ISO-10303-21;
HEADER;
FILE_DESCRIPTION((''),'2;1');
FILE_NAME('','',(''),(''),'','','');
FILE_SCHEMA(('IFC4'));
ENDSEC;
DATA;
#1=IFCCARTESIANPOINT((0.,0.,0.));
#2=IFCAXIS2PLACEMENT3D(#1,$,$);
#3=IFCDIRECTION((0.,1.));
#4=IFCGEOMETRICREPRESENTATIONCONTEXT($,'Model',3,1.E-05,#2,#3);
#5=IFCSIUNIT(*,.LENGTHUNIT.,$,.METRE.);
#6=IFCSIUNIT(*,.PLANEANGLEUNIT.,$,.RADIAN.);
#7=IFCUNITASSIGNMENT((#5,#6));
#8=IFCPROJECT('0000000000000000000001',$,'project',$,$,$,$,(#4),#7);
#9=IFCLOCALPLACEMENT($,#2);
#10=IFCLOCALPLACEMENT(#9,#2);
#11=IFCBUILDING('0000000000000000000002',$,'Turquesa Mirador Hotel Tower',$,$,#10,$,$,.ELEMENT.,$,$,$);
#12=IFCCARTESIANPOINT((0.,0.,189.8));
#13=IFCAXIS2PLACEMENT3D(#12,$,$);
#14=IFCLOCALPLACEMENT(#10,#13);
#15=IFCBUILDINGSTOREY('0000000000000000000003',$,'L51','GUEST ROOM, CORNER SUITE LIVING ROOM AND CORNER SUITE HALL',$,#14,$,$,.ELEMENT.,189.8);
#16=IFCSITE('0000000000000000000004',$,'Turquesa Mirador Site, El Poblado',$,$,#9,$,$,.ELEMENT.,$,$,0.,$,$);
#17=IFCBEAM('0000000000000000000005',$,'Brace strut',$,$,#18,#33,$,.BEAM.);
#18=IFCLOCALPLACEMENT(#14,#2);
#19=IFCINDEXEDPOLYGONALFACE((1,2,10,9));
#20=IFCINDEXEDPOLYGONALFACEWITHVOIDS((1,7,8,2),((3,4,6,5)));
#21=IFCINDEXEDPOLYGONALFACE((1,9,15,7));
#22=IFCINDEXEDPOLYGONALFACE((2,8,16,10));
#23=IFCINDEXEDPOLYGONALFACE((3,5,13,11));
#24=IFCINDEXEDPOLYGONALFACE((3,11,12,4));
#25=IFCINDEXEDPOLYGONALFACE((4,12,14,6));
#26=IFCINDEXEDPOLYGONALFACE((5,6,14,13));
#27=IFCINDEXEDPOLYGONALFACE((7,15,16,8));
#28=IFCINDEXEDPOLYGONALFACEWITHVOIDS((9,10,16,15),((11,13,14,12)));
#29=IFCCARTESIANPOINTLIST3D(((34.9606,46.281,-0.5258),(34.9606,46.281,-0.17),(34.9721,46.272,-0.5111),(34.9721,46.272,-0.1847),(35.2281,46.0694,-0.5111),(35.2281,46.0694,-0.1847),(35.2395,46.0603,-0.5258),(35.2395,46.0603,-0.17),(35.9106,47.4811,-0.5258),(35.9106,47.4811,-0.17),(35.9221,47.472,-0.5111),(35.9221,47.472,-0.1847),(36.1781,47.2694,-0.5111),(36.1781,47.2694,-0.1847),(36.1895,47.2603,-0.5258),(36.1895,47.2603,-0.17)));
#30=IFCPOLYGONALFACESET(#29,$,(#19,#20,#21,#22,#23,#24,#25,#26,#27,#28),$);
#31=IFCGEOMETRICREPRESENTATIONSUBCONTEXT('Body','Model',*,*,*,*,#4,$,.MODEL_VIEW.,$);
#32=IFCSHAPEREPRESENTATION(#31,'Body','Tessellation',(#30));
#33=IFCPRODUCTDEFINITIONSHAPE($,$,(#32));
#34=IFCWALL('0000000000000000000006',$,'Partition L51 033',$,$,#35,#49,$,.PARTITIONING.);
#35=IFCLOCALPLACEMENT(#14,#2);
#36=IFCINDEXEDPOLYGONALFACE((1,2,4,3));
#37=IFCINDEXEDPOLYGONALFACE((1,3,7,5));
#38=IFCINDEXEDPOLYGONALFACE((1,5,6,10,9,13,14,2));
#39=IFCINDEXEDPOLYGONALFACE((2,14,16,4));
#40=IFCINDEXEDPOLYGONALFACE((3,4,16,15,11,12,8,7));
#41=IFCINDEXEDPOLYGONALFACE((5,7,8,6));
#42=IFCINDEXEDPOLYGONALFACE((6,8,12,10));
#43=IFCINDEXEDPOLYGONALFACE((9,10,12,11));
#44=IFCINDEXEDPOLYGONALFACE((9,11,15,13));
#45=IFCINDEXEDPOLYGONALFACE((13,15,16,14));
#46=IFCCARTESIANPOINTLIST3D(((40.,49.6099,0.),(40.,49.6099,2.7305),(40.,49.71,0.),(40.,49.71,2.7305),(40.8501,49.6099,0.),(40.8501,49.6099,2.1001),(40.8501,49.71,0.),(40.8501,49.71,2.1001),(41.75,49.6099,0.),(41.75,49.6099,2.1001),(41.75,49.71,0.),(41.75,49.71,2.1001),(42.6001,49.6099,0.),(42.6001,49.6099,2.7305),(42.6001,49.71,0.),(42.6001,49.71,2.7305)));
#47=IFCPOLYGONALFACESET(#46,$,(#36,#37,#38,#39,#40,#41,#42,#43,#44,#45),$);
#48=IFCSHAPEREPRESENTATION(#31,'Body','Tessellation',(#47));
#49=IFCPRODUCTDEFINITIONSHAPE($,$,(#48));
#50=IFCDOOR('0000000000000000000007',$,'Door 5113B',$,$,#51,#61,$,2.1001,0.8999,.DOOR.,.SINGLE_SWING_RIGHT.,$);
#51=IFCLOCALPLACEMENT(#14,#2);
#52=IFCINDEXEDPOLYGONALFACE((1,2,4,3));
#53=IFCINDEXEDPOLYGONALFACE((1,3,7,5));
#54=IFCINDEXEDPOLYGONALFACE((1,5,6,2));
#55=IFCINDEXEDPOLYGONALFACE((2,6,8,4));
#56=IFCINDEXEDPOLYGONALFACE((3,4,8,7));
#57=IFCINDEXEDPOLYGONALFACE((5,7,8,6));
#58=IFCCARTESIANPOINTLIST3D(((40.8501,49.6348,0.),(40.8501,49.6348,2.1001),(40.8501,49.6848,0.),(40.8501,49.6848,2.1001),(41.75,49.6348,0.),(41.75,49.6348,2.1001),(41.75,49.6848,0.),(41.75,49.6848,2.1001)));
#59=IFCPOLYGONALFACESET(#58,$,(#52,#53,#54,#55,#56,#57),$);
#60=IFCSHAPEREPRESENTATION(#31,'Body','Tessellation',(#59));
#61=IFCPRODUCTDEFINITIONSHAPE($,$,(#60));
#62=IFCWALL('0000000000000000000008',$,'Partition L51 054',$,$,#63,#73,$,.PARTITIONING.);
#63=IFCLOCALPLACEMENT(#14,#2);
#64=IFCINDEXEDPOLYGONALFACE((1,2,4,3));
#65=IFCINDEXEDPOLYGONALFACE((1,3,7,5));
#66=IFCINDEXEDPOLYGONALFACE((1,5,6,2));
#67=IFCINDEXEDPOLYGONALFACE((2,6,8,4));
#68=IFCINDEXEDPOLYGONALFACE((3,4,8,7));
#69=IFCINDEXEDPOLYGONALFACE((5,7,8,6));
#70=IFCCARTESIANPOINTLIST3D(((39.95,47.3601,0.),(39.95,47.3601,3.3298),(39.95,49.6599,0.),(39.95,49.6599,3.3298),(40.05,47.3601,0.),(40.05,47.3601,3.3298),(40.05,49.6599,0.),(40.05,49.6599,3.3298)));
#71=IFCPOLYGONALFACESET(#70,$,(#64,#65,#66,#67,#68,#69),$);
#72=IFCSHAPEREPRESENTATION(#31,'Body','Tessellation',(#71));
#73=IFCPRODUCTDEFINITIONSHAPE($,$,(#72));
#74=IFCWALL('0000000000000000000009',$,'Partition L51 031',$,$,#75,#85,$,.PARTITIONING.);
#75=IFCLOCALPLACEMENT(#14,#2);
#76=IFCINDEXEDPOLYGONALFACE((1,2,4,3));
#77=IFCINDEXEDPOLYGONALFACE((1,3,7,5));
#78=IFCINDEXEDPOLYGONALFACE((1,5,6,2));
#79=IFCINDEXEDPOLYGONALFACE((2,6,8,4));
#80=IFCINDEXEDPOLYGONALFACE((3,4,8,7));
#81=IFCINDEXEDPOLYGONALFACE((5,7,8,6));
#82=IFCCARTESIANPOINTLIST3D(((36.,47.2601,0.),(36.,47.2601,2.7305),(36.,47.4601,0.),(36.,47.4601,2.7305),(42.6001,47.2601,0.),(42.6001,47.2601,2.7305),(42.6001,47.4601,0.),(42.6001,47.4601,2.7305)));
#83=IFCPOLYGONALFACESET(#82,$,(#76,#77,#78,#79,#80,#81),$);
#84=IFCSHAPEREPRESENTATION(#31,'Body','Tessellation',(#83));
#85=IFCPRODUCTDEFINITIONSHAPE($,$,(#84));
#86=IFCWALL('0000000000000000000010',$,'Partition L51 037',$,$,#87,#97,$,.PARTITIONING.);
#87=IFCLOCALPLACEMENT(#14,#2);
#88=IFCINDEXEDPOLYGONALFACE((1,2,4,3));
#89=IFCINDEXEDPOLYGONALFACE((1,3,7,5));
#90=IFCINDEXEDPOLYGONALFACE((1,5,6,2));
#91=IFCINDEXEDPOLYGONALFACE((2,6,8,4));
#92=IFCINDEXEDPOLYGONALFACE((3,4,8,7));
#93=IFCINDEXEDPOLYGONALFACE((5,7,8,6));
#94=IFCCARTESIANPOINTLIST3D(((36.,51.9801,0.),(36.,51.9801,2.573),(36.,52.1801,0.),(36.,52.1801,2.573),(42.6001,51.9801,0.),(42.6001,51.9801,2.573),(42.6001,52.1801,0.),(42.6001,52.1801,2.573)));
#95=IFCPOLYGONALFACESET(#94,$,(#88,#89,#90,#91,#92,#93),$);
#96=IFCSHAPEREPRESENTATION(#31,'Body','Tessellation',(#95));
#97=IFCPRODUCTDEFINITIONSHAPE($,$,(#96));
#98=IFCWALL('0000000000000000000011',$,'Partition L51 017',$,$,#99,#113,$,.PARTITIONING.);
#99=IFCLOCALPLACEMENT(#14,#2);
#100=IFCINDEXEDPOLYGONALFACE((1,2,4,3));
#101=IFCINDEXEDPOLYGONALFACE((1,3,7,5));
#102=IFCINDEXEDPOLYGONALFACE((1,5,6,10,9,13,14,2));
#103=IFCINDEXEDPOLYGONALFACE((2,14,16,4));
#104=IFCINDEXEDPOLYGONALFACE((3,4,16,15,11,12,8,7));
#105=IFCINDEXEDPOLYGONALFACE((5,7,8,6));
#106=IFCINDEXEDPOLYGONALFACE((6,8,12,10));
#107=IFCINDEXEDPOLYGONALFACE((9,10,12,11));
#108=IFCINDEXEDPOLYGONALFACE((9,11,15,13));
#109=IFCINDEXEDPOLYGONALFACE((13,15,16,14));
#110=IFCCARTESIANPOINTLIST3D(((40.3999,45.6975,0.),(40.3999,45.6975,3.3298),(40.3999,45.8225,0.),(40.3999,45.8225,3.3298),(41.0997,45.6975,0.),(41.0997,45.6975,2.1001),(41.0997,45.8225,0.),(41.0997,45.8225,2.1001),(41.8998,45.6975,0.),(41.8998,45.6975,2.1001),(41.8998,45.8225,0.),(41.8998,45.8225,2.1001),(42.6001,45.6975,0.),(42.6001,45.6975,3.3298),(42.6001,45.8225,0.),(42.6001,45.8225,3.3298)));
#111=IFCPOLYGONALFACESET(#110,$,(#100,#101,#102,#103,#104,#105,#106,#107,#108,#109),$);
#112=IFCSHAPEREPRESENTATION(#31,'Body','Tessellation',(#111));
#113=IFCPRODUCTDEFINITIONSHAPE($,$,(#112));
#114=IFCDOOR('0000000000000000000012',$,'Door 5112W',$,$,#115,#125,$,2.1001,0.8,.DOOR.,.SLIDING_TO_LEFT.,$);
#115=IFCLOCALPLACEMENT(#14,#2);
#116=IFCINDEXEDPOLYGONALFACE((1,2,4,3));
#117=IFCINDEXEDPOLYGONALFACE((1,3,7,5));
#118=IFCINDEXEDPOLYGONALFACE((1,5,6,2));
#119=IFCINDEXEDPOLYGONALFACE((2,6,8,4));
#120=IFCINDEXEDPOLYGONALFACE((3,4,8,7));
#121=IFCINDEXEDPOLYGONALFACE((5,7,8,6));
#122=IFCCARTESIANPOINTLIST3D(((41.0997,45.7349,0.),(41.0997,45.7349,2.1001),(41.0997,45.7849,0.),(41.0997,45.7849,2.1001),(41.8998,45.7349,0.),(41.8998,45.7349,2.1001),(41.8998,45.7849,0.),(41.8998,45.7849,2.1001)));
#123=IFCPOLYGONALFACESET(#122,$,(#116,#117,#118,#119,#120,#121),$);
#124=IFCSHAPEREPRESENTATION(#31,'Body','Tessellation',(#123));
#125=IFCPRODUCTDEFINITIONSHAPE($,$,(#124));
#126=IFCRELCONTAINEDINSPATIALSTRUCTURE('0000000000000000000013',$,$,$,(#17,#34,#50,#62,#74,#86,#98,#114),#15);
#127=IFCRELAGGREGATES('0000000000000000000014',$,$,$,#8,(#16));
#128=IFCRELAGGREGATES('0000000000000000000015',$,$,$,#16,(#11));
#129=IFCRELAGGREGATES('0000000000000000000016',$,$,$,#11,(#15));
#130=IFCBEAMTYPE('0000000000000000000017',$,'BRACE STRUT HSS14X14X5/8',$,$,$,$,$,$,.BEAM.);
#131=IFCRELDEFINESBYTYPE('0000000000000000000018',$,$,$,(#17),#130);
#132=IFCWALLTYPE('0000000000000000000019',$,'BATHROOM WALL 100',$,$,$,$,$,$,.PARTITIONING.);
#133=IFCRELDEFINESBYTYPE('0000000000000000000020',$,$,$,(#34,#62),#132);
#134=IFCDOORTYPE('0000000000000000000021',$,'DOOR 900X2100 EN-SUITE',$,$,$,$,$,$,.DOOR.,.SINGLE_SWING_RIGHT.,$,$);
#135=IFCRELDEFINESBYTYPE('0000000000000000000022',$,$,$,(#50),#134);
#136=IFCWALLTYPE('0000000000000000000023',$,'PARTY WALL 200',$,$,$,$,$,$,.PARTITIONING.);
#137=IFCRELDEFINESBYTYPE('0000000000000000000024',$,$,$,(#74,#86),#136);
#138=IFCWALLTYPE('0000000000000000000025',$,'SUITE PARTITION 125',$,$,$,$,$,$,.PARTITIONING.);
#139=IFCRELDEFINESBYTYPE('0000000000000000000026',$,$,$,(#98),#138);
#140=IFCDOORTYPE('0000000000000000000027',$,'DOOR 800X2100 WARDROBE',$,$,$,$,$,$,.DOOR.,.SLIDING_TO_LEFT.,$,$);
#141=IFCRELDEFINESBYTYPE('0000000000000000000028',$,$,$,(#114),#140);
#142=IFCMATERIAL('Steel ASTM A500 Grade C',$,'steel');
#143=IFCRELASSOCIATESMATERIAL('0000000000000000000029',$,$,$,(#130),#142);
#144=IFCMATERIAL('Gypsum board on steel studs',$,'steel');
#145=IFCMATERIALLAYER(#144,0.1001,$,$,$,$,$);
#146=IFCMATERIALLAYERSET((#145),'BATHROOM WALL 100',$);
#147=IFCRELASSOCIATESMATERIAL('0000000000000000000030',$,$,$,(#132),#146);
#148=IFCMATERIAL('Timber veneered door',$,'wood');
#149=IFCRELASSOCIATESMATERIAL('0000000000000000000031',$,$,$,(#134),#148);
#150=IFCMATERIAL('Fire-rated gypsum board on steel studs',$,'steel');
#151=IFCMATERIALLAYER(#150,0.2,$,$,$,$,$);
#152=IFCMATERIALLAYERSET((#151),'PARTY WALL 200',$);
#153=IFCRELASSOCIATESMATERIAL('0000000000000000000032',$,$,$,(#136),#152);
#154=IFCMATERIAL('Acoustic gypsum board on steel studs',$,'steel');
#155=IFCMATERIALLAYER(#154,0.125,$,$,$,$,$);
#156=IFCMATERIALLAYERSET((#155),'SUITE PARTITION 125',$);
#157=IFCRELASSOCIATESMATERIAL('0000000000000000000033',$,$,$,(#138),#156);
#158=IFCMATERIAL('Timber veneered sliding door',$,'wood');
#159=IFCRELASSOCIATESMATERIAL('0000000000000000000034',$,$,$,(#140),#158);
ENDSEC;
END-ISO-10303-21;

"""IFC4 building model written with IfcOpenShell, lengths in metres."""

from ifc_helpers import new_model, si_unit, direction, frame, frame_2d, origin, origin_2d, place, context, subcontext, project, spatial, rectangle, hollow_rectangle, extrude, material, layer, layer_set, material_profile, profile_set, type_object, element, fill, save


model = new_model("IFC4")

# Units and contexts
model_context = context("Model", 3, precision=1e-05, world=origin(), true_north=direction((0.0, 1.0)))
body_context = subcontext(model_context, "Body", "Model", "MODEL_VIEW")
ifc_project = project(units=[si_unit("LENGTHUNIT", "METRE"), si_unit("PLANEANGLEUNIT", "RADIAN")], contexts=[model_context])

# Site, building, storey
site_placement = place(None, origin())
site = spatial("IfcSite", under=ifc_project, at=site_placement, Name="Turquesa Mirador Site, El Poblado", CompositionType="ELEMENT", RefElevation=0.0)
building_placement = place(site_placement, origin())
building = spatial("IfcBuilding", under=site, at=building_placement, Name="Turquesa Mirador Hotel Tower", CompositionType="ELEMENT")
storey_placement = place(building_placement, frame((0.0, 0.0, 189.8)))
storey = spatial("IfcBuildingStorey", under=building, at=storey_placement, Name="L51", Description="GUEST ROOM, CORNER SUITE LIVING ROOM AND CORNER SUITE HALL", CompositionType="ELEMENT", Elevation=189.8)

# Beam
ifc_material_1 = material(Name="Steel ASTM A500 Grade C", Category="steel")
ifc_material_profile_1 = material_profile(ifc_material_1, hollow_rectangle(XDim=0.3557, YDim=0.3557, WallThickness=0.0146, at=origin_2d()), Name="HSS14X14X5/8")
ifc_profile_set_1 = profile_set([ifc_material_profile_1], Name="Steel ASTM A500 Grade C")
beam_type_1 = type_object("IfcBeamType", Name="BRACE STRUT HSS14X14X5/8", PredefinedType="BEAM", material=ifc_profile_set_1)
for number, where, z_axis, x_axis, name in (
    (1, (35.1001, 46.1707, -0.3479), (0.620699, 0.784049, 0.0), (-0.784049, 0.620699, 0.0), "Brace strut"),
):
    element("IfcBeam", number, at=place(storey_placement, frame(where, z_axis=z_axis, x_axis=x_axis)), inside=storey, type_object=beam_type_1, Name=name, PredefinedType="BEAM", context=body_context, shape_type="SweptSolid", body=[
        extrude(hollow_rectangle(XDim=0.3557, YDim=0.3557, WallThickness=0.0146, at=origin_2d()), origin(), (0.0, 0.0, 1.0), 1.5305),
    ])

# Wall, opening, door
ifc_material_2 = material(Name="Gypsum board on steel studs", Category="steel")
ifc_layer_1 = layer(ifc_material_2, 0.1001)
ifc_layer_set_1 = layer_set([ifc_layer_1], Name="BATHROOM WALL 100")
wall_type_1 = type_object("IfcWallType", Name="BATHROOM WALL 100", PredefinedType="PARTITIONING", material=ifc_layer_set_1)
wall_1_placement = place(storey_placement, frame((40.0, 49.6599, 0.0), z_axis=(0.0, 0.0, 1.0), x_axis=(1.0, 0.0, 0.0)))
wall_1 = element("IfcWall", 2, at=wall_1_placement, inside=storey, type_object=wall_type_1, Name="Partition L51 033", PredefinedType="PARTITIONING", context=body_context, shape_type="SweptSolid", body=[
    extrude(rectangle(XDim=2.6001, YDim=0.1001, at=frame_2d((1.3, 0.0))), origin(), (0.0, 0.0, 1.0), 2.7305),
])
opening_1_placement = place(wall_1_placement, frame((0.8501, 0.0, 0.0)))
opening_1 = element("IfcOpeningElement", 3, at=opening_1_placement, cuts=wall_1, PredefinedType="OPENING", context=body_context, shape_type="SweptSolid", body=[
    extrude(rectangle(XDim=0.8999, YDim=2.1001, at=frame_2d((0.45, 1.05))), frame((0.0, 0.0601, 0.0), z_axis=(0.0, -1.0, 0.0), x_axis=(1.0, 0.0, 0.0)), (0.0, 0.0, 1.0), 0.1201),
])
ifc_material_3 = material(Name="Timber veneered door", Category="wood")
door_type_1 = type_object("IfcDoorType", Name="DOOR 900X2100 EN-SUITE", OperationType="SINGLE_SWING_RIGHT", PredefinedType="DOOR", material=ifc_material_3)
door_1_placement = place(opening_1_placement, origin())
door_1 = element("IfcDoor", 4, at=door_1_placement, inside=storey, type_object=door_type_1, Name="Door 5113B", OperationType="SINGLE_SWING_RIGHT", OverallHeight=2.1001, OverallWidth=0.8999, PredefinedType="DOOR", context=body_context, shape_type="SweptSolid", body=[
    extrude(rectangle(XDim=0.8999, YDim=2.1001, at=frame_2d((0.45, 1.05))), frame((0.0, 0.0249, 0.0), z_axis=(0.0, -1.0, 0.0), x_axis=(1.0, 0.0, 0.0)), (0.0, 0.0, 1.0), 0.05),
])
fill(opening_1, door_1)

# Walls
wall_2_placement = place(storey_placement, frame((40.0, 47.3601, 0.0), z_axis=(0.0, 0.0, 1.0), x_axis=(0.0, 1.0, 0.0)))
element("IfcWall", 5, at=wall_2_placement, inside=storey, type_object=wall_type_1, Name="Partition L51 054", PredefinedType="PARTITIONING", context=body_context, shape_type="SweptSolid", body=[
    extrude(rectangle(XDim=2.2998, YDim=0.1001, at=frame_2d((1.1499, 0.0))), origin(), (0.0, 0.0, 1.0), 3.3298),
])
ifc_material_4 = material(Name="Fire-rated gypsum board on steel studs", Category="steel")
ifc_layer_2 = layer(ifc_material_4, 0.2)
ifc_layer_set_2 = layer_set([ifc_layer_2], Name="PARTY WALL 200")
wall_type_2 = type_object("IfcWallType", Name="PARTY WALL 200", PredefinedType="PARTITIONING", material=ifc_layer_set_2)
wall_3_placement = place(storey_placement, frame((36.0, 47.3601, 0.0), z_axis=(0.0, 0.0, 1.0), x_axis=(1.0, 0.0, 0.0)))
element("IfcWall", 6, at=wall_3_placement, inside=storey, type_object=wall_type_2, Name="Partition L51 031", PredefinedType="PARTITIONING", context=body_context, shape_type="SweptSolid", body=[
    extrude(rectangle(XDim=6.6001, YDim=0.2, at=frame_2d((3.3, 0.0))), origin(), (0.0, 0.0, 1.0), 2.7305),
])
wall_4_placement = place(storey_placement, frame((36.0, 52.0801, 0.0), z_axis=(0.0, 0.0, 1.0), x_axis=(1.0, 0.0, 0.0)))
element("IfcWall", 7, at=wall_4_placement, inside=storey, type_object=wall_type_2, Name="Partition L51 037", PredefinedType="PARTITIONING", context=body_context, shape_type="SweptSolid", body=[
    extrude(rectangle(XDim=6.6001, YDim=0.2, at=frame_2d((3.3, 0.0))), origin(), (0.0, 0.0, 1.0), 2.573),
])

# Wall, opening, door
ifc_material_5 = material(Name="Acoustic gypsum board on steel studs", Category="steel")
ifc_layer_3 = layer(ifc_material_5, 0.125)
ifc_layer_set_3 = layer_set([ifc_layer_3], Name="SUITE PARTITION 125")
wall_type_3 = type_object("IfcWallType", Name="SUITE PARTITION 125", PredefinedType="PARTITIONING", material=ifc_layer_set_3)
wall_5_placement = place(storey_placement, frame((40.3999, 45.76, 0.0), z_axis=(0.0, 0.0, 1.0), x_axis=(1.0, 0.0, 0.0)))
wall_5 = element("IfcWall", 8, at=wall_5_placement, inside=storey, type_object=wall_type_3, Name="Partition L51 017", PredefinedType="PARTITIONING", context=body_context, shape_type="SweptSolid", body=[
    extrude(rectangle(XDim=2.2002, YDim=0.125, at=frame_2d((1.1001, 0.0))), origin(), (0.0, 0.0, 1.0), 3.3298),
])
opening_2_placement = place(wall_5_placement, frame((0.7, 0.0, 0.0)))
opening_2 = element("IfcOpeningElement", 9, at=opening_2_placement, cuts=wall_5, PredefinedType="OPENING", context=body_context, shape_type="SweptSolid", body=[
    extrude(rectangle(XDim=0.8, YDim=2.1001, at=frame_2d((0.3999, 1.05))), frame((0.0, 0.0725, 0.0), z_axis=(0.0, -1.0, 0.0), x_axis=(1.0, 0.0, 0.0)), (0.0, 0.0, 1.0), 0.145),
])
ifc_material_6 = material(Name="Timber veneered sliding door", Category="wood")
door_type_2 = type_object("IfcDoorType", Name="DOOR 800X2100 WARDROBE", OperationType="SLIDING_TO_LEFT", PredefinedType="DOOR", material=ifc_material_6)
door_2_placement = place(opening_2_placement, origin())
door_2 = element("IfcDoor", 10, at=door_2_placement, inside=storey, type_object=door_type_2, Name="Door 5112W", OperationType="SLIDING_TO_LEFT", OverallHeight=2.1001, OverallWidth=0.8, PredefinedType="DOOR", context=body_context, shape_type="SweptSolid", body=[
    extrude(rectangle(XDim=0.8, YDim=2.1001, at=frame_2d((0.3999, 1.05))), frame((0.0, 0.0249, 0.0), z_axis=(0.0, -1.0, 0.0), x_axis=(1.0, 0.0, 0.0)), (0.0, 0.0, 1.0), 0.05),
])
fill(opening_2, door_2)

save(model, "model.ifc")
